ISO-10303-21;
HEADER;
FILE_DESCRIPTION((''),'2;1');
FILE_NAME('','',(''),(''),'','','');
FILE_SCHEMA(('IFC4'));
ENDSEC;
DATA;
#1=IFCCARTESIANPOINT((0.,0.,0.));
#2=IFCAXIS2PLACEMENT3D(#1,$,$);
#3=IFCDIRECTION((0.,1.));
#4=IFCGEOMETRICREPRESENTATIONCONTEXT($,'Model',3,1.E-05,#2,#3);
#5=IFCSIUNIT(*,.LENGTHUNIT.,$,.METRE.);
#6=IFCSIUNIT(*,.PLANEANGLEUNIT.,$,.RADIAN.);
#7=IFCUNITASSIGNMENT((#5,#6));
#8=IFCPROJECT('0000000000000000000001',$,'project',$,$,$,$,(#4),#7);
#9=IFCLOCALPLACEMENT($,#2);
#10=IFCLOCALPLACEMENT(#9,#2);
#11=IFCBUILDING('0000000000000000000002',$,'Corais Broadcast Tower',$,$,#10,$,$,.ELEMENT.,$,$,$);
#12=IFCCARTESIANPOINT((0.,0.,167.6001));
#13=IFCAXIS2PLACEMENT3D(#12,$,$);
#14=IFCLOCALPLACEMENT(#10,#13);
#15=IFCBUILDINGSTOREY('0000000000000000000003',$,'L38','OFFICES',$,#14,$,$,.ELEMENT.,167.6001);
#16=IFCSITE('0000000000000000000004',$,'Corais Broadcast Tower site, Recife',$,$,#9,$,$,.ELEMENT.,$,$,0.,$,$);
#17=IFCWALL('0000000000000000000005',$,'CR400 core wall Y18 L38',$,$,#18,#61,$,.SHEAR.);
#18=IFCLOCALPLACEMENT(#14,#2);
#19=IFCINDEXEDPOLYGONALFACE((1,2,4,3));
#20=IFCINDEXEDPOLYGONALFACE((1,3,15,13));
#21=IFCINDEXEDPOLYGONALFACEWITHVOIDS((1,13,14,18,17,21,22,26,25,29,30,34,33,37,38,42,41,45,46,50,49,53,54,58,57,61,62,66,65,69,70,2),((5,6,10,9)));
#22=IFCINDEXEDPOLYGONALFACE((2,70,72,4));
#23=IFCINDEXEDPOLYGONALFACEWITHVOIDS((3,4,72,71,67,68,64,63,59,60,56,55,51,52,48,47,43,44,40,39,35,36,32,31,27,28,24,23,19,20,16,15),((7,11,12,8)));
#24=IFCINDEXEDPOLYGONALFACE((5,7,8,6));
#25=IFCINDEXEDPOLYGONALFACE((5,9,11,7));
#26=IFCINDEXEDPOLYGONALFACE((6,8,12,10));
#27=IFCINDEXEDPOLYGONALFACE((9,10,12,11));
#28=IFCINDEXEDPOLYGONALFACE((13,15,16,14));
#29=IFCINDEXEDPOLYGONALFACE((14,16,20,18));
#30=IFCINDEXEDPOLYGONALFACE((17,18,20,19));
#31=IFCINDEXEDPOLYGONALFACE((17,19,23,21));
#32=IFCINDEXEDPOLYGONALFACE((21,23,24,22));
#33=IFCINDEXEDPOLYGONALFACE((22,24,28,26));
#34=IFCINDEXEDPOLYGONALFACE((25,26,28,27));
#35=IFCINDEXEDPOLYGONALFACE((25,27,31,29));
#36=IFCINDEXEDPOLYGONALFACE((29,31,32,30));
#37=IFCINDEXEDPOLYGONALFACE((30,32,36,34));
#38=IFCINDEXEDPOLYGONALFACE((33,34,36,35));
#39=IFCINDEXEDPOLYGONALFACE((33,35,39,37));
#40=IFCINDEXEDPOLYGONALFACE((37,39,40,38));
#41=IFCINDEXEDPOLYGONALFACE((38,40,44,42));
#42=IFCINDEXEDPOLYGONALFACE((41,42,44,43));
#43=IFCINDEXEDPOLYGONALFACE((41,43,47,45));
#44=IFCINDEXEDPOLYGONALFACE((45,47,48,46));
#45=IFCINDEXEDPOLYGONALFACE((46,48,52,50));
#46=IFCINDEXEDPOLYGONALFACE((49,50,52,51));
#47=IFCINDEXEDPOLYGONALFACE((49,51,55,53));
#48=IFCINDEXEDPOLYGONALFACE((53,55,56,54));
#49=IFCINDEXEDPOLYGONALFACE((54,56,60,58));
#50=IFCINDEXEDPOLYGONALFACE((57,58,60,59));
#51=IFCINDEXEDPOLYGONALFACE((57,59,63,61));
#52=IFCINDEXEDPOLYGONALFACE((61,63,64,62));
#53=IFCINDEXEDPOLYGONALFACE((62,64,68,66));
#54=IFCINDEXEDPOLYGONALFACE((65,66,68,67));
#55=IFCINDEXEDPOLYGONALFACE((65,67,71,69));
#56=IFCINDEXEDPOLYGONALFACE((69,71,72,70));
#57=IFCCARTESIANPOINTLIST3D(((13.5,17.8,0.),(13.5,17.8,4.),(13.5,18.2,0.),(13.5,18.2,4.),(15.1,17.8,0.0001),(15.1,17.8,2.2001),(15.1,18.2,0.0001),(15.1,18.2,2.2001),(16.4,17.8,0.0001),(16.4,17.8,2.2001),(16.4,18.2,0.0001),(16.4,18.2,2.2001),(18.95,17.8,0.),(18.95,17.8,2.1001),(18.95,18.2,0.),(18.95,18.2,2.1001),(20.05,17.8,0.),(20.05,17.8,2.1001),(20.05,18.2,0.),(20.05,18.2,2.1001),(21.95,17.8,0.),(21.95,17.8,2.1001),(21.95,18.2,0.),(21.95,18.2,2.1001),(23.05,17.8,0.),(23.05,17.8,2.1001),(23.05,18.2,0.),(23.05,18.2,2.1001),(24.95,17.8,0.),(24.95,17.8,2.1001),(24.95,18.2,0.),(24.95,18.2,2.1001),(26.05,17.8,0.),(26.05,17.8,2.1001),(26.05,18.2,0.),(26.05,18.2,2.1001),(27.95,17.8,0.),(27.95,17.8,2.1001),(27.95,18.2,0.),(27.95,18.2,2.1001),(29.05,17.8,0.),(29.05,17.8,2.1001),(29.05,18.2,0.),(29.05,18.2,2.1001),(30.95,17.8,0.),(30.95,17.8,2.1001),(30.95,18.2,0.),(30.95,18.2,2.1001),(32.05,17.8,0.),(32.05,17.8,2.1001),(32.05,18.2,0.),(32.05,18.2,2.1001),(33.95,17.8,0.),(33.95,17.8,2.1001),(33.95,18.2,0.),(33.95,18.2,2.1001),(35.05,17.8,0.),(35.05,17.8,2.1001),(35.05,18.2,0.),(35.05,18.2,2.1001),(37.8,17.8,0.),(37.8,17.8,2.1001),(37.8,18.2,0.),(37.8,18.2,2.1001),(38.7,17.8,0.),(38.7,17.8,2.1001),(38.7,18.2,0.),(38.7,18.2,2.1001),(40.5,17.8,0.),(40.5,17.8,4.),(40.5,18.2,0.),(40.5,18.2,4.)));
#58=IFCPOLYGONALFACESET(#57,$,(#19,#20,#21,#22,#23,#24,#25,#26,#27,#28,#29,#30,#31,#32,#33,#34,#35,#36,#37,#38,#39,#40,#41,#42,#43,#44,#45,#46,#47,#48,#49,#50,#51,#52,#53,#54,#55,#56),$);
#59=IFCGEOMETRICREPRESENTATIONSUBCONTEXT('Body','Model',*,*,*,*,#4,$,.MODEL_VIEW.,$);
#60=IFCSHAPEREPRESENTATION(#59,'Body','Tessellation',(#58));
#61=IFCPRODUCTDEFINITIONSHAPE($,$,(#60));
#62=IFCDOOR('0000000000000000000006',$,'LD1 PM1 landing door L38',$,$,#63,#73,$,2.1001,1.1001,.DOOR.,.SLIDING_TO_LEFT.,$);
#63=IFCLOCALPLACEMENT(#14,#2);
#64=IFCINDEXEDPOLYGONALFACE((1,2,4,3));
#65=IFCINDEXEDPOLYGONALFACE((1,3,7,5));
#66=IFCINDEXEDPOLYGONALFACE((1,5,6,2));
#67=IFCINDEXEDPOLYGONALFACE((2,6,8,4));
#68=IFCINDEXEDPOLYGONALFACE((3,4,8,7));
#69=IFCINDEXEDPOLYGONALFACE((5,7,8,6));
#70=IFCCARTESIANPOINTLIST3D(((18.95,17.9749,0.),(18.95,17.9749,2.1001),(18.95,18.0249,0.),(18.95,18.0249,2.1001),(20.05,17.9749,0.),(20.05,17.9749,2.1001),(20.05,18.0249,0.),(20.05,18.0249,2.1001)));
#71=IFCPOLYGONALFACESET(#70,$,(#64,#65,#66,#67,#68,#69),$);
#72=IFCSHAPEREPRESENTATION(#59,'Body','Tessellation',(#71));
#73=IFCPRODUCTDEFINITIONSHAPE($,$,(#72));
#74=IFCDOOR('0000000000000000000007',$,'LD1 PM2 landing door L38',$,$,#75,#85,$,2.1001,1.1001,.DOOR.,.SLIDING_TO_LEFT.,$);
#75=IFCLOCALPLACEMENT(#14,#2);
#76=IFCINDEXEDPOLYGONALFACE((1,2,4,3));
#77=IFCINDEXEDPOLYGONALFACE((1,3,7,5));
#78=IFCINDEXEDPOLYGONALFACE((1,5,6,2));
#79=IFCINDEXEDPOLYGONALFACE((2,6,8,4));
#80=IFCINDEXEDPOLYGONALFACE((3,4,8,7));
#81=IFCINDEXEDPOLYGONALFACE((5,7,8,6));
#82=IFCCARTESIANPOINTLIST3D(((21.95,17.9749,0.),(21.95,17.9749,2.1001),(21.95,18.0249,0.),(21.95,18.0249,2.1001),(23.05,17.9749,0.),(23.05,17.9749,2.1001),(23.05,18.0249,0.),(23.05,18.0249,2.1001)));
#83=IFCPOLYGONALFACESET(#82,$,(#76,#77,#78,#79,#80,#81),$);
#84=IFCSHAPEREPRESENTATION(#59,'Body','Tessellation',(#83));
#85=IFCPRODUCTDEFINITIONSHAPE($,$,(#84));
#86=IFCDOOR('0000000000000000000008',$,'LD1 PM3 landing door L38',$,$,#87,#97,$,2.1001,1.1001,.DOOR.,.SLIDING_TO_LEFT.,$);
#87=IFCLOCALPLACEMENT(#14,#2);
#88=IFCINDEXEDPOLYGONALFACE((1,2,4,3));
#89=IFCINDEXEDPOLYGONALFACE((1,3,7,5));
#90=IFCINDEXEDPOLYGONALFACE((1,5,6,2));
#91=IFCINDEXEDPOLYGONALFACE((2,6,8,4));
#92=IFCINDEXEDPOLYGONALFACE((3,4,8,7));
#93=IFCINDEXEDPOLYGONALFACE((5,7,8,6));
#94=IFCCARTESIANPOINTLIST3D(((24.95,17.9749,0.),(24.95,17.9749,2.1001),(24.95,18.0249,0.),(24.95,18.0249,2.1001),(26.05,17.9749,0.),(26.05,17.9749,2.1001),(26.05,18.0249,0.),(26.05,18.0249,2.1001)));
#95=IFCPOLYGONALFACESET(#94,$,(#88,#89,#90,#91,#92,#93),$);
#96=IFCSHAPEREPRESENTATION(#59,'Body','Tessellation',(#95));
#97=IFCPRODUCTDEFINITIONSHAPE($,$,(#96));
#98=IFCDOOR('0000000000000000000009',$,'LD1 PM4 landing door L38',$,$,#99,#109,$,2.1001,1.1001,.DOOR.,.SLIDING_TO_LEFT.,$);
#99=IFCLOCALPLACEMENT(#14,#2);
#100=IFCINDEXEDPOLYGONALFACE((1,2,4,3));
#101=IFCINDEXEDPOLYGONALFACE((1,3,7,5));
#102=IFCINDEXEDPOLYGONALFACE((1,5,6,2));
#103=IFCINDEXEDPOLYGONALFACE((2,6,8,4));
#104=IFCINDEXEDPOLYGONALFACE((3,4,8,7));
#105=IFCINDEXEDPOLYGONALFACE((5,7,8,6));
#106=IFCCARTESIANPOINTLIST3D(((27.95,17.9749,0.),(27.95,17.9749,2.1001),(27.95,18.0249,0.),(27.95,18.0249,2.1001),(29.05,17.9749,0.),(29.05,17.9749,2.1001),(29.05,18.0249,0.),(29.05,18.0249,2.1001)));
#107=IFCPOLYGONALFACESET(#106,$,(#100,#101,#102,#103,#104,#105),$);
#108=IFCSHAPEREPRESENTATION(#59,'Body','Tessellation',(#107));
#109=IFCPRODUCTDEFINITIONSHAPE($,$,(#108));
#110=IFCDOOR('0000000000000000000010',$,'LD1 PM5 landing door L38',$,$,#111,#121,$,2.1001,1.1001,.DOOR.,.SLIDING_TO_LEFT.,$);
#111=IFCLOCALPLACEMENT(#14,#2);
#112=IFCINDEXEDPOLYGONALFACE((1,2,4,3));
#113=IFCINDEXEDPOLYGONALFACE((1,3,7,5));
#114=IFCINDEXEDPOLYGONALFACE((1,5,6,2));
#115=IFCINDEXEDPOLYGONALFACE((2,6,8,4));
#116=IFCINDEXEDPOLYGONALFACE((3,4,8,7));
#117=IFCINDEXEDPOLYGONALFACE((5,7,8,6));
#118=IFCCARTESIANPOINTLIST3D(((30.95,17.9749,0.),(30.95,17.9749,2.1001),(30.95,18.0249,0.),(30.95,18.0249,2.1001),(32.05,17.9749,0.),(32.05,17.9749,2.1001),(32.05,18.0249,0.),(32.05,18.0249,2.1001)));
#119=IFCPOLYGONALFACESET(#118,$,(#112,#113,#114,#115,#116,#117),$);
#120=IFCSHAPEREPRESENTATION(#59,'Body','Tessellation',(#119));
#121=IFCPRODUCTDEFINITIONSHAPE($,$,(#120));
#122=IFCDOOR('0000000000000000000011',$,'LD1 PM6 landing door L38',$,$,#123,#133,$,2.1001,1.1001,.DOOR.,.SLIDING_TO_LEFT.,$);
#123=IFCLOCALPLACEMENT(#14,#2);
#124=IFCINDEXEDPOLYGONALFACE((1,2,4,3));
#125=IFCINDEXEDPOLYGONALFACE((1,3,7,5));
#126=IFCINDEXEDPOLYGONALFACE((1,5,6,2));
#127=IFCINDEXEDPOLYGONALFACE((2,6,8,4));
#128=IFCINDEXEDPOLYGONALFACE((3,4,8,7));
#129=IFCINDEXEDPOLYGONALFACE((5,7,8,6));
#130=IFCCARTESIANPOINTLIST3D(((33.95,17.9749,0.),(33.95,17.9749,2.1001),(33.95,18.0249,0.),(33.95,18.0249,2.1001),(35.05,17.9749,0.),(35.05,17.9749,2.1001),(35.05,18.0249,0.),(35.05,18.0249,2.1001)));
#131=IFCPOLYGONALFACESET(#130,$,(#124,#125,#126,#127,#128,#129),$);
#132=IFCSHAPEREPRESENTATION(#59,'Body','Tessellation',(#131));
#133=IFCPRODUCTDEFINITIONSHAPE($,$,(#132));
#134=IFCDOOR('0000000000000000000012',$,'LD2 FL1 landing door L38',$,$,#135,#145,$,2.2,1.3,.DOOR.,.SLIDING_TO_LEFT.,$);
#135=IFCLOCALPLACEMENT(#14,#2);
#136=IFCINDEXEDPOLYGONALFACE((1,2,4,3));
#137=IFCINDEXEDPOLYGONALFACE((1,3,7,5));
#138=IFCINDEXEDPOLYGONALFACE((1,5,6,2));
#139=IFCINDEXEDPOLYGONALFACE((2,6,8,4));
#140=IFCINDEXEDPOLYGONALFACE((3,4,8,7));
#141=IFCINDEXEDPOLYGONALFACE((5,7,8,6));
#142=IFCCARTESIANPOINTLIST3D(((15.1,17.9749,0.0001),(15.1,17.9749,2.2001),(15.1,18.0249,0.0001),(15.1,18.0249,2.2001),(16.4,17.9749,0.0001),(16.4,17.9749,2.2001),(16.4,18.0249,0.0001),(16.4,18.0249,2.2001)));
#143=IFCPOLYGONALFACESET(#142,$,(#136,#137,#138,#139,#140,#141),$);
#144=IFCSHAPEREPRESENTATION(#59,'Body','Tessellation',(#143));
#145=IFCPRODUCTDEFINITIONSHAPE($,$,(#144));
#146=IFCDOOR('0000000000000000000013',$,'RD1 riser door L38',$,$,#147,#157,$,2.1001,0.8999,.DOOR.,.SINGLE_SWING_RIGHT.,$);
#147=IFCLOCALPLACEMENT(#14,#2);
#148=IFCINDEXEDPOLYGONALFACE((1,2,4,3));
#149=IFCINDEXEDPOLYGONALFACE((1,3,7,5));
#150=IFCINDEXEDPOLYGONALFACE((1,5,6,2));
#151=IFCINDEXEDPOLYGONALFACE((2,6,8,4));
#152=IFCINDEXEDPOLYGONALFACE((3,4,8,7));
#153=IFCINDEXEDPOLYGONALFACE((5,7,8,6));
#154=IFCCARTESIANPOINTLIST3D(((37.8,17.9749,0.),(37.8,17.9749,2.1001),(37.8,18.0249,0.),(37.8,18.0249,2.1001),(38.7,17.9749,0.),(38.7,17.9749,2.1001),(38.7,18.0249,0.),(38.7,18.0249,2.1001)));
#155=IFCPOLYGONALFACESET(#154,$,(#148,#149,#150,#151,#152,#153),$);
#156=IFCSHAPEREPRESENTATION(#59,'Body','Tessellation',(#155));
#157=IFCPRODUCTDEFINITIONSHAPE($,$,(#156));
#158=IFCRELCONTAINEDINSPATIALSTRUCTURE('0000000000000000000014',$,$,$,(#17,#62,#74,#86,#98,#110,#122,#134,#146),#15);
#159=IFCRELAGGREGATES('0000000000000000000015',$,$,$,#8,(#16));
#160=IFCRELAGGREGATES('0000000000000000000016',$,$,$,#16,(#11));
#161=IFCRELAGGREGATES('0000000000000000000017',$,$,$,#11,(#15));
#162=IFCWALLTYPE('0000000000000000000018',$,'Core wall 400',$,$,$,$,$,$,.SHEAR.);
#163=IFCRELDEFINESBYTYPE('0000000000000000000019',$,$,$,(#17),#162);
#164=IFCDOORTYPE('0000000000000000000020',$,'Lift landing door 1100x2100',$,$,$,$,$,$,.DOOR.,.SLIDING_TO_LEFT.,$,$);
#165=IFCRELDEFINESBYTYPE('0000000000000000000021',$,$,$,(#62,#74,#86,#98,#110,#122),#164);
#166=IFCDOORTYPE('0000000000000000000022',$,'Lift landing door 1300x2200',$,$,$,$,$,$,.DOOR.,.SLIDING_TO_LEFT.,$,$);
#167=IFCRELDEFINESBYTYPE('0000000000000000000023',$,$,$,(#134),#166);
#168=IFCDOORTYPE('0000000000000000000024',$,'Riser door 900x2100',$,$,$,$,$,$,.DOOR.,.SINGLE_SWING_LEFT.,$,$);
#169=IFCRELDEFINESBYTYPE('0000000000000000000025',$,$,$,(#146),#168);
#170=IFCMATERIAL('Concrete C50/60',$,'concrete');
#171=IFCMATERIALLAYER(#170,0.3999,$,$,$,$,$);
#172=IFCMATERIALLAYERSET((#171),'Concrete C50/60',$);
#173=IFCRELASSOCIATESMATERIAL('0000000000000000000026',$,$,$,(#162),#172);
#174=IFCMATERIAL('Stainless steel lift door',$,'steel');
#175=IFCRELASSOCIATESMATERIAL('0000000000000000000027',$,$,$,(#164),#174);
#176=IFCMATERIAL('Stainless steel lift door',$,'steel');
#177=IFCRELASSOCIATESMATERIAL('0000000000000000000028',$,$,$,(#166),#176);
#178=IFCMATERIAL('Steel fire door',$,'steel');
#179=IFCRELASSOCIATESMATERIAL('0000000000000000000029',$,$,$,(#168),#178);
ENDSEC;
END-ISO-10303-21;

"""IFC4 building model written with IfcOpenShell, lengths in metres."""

from ifc_helpers import new_model, si_unit, direction, frame, frame_2d, origin, place, context, subcontext, project, spatial, rectangle, extrude, material, layer, layer_set, type_object, element, fill, save


model = new_model("IFC4")

# Units and contexts
model_context = context("Model", 3, precision=1e-05, world=origin(), true_north=direction((0.0, 1.0)))
body_context = subcontext(model_context, "Body", "Model", "MODEL_VIEW")
ifc_project = project(units=[si_unit("LENGTHUNIT", "METRE"), si_unit("PLANEANGLEUNIT", "RADIAN")], contexts=[model_context])

# Site, building, storey
site_placement = place(None, origin())
site = spatial("IfcSite", under=ifc_project, at=site_placement, Name="Corais Broadcast Tower site, Recife", CompositionType="ELEMENT", RefElevation=0.0)
building_placement = place(site_placement, origin())
building = spatial("IfcBuilding", under=site, at=building_placement, Name="Corais Broadcast Tower", CompositionType="ELEMENT")
storey_placement = place(building_placement, frame((0.0, 0.0, 167.6001)))
storey = spatial("IfcBuildingStorey", under=building, at=storey_placement, Name="L38", Description="OFFICES", CompositionType="ELEMENT", Elevation=167.6001)

# Shared definitions
ifc_material_1 = material(Name="Concrete C50/60", Category="concrete")
ifc_layer_1 = layer(ifc_material_1, 0.3999)
ifc_layer_set_1 = layer_set([ifc_layer_1], Name="Concrete C50/60")
wall_type_1 = type_object("IfcWallType", Name="Core wall 400", PredefinedType="SHEAR", material=ifc_layer_set_1)

# Wall, openings, doors
wall_1_placement = place(storey_placement, frame((13.5, 18.0, 0.0), z_axis=(0.0, 0.0, 1.0), x_axis=(1.0, 0.0, 0.0)))
wall_1 = element("IfcWall", 1, at=wall_1_placement, inside=storey, type_object=wall_type_1, Name="CR400 core wall Y18 L38", PredefinedType="SHEAR", context=body_context, shape_type="SweptSolid", body=[
    extrude(rectangle(XDim=27.0, YDim=0.3999, at=frame_2d((13.5, 0.0))), origin(), (0.0, 0.0, 1.0), 4.0),
])
opening_1_placement = place(wall_1_placement, frame((24.3, 0.0, 0.0)))
opening_1 = element("IfcOpeningElement", 2, at=opening_1_placement, cuts=wall_1, PredefinedType="OPENING", context=body_context, shape_type="SweptSolid", body=[
    extrude(rectangle(XDim=0.8999, YDim=2.1001, at=frame_2d((0.45, 1.05))), frame((0.0, 0.21, 0.0), z_axis=(0.0, -1.0, 0.0), x_axis=(1.0, 0.0, 0.0)), (0.0, 0.0, 1.0), 0.4199),
])
opening_2_placement = place(wall_1_placement, frame((5.45, 0.0, 0.0)))
opening_2 = element("IfcOpeningElement", 3, at=opening_2_placement, cuts=wall_1, PredefinedType="OPENING", context=body_context, shape_type="SweptSolid", body=[
    extrude(rectangle(XDim=1.1001, YDim=2.1001, at=frame_2d((0.55, 1.05))), frame((0.0, 0.21, 0.0), z_axis=(0.0, -1.0, 0.0), x_axis=(1.0, 0.0, 0.0)), (0.0, 0.0, 1.0), 0.4199),
])
opening_3_placement = place(wall_1_placement, frame((8.45, 0.0, 0.0)))
opening_3 = element("IfcOpeningElement", 4, at=opening_3_placement, cuts=wall_1, PredefinedType="OPENING", context=body_context, shape_type="SweptSolid", body=[
    extrude(rectangle(XDim=1.1001, YDim=2.1001, at=frame_2d((0.55, 1.05))), frame((0.0, 0.21, 0.0), z_axis=(0.0, -1.0, 0.0), x_axis=(1.0, 0.0, 0.0)), (0.0, 0.0, 1.0), 0.4199),
])
opening_4_placement = place(wall_1_placement, frame((11.45, 0.0, 0.0)))
opening_4 = element("IfcOpeningElement", 5, at=opening_4_placement, cuts=wall_1, PredefinedType="OPENING", context=body_context, shape_type="SweptSolid", body=[
    extrude(rectangle(XDim=1.1001, YDim=2.1001, at=frame_2d((0.55, 1.05))), frame((0.0, 0.21, 0.0), z_axis=(0.0, -1.0, 0.0), x_axis=(1.0, 0.0, 0.0)), (0.0, 0.0, 1.0), 0.4199),
])
opening_5_placement = place(wall_1_placement, frame((14.45, 0.0, 0.0)))
opening_5 = element("IfcOpeningElement", 6, at=opening_5_placement, cuts=wall_1, PredefinedType="OPENING", context=body_context, shape_type="SweptSolid", body=[
    extrude(rectangle(XDim=1.1001, YDim=2.1001, at=frame_2d((0.55, 1.05))), frame((0.0, 0.21, 0.0), z_axis=(0.0, -1.0, 0.0), x_axis=(1.0, 0.0, 0.0)), (0.0, 0.0, 1.0), 0.4199),
])
opening_6_placement = place(wall_1_placement, frame((17.45, 0.0, 0.0)))
opening_6 = element("IfcOpeningElement", 7, at=opening_6_placement, cuts=wall_1, PredefinedType="OPENING", context=body_context, shape_type="SweptSolid", body=[
    extrude(rectangle(XDim=1.1001, YDim=2.1001, at=frame_2d((0.55, 1.05))), frame((0.0, 0.21, 0.0), z_axis=(0.0, -1.0, 0.0), x_axis=(1.0, 0.0, 0.0)), (0.0, 0.0, 1.0), 0.4199),
])
opening_7_placement = place(wall_1_placement, frame((20.45, 0.0, 0.0)))
opening_7 = element("IfcOpeningElement", 8, at=opening_7_placement, cuts=wall_1, PredefinedType="OPENING", context=body_context, shape_type="SweptSolid", body=[
    extrude(rectangle(XDim=1.1001, YDim=2.1001, at=frame_2d((0.55, 1.05))), frame((0.0, 0.21, 0.0), z_axis=(0.0, -1.0, 0.0), x_axis=(1.0, 0.0, 0.0)), (0.0, 0.0, 1.0), 0.4199),
])
opening_8_placement = place(wall_1_placement, frame((1.6001, 0.0, 0.0)))
opening_8 = element("IfcOpeningElement", 9, at=opening_8_placement, cuts=wall_1, PredefinedType="OPENING", context=body_context, shape_type="SweptSolid", body=[
    extrude(rectangle(XDim=1.3, YDim=2.2, at=frame_2d((0.6499, 1.1001))), frame((0.0, 0.21, 0.0), z_axis=(0.0, -1.0, 0.0), x_axis=(1.0, 0.0, 0.0)), (0.0, 0.0, 1.0), 0.4199),
])
ifc_material_2 = material(Name="Stainless steel lift door", Category="steel")
door_type_1 = type_object("IfcDoorType", Name="Lift landing door 1100x2100", OperationType="SLIDING_TO_LEFT", PredefinedType="DOOR", material=ifc_material_2)
door_1_placement = place(opening_2_placement, origin())
door_1 = element("IfcDoor", 10, at=door_1_placement, inside=storey, type_object=door_type_1, Name="LD1 PM1 landing door L38", OperationType="SLIDING_TO_LEFT", OverallHeight=2.1001, OverallWidth=1.1001, PredefinedType="DOOR", context=body_context, shape_type="SweptSolid", body=[
    extrude(rectangle(XDim=1.1001, YDim=2.1001, at=frame_2d((0.55, 1.05))), frame((0.0, 0.0249, 0.0), z_axis=(0.0, -1.0, 0.0), x_axis=(1.0, 0.0, 0.0)), (0.0, 0.0, 1.0), 0.05),
])
fill(opening_2, door_1)
door_2_placement = place(opening_3_placement, origin())
door_2 = element("IfcDoor", 11, at=door_2_placement, inside=storey, type_object=door_type_1, Name="LD1 PM2 landing door L38", OperationType="SLIDING_TO_LEFT", OverallHeight=2.1001, OverallWidth=1.1001, PredefinedType="DOOR", context=body_context, shape_type="SweptSolid", body=[
    extrude(rectangle(XDim=1.1001, YDim=2.1001, at=frame_2d((0.55, 1.05))), frame((0.0, 0.0249, 0.0), z_axis=(0.0, -1.0, 0.0), x_axis=(1.0, 0.0, 0.0)), (0.0, 0.0, 1.0), 0.05),
])
fill(opening_3, door_2)
door_3_placement = place(opening_4_placement, origin())
door_3 = element("IfcDoor", 12, at=door_3_placement, inside=storey, type_object=door_type_1, Name="LD1 PM3 landing door L38", OperationType="SLIDING_TO_LEFT", OverallHeight=2.1001, OverallWidth=1.1001, PredefinedType="DOOR", context=body_context, shape_type="SweptSolid", body=[
    extrude(rectangle(XDim=1.1001, YDim=2.1001, at=frame_2d((0.55, 1.05))), frame((0.0, 0.0249, 0.0), z_axis=(0.0, -1.0, 0.0), x_axis=(1.0, 0.0, 0.0)), (0.0, 0.0, 1.0), 0.05),
])
fill(opening_4, door_3)
door_4_placement = place(opening_5_placement, origin())
door_4 = element("IfcDoor", 13, at=door_4_placement, inside=storey, type_object=door_type_1, Name="LD1 PM4 landing door L38", OperationType="SLIDING_TO_LEFT", OverallHeight=2.1001, OverallWidth=1.1001, PredefinedType="DOOR", context=body_context, shape_type="SweptSolid", body=[
    extrude(rectangle(XDim=1.1001, YDim=2.1001, at=frame_2d((0.55, 1.05))), frame((0.0, 0.0249, 0.0), z_axis=(0.0, -1.0, 0.0), x_axis=(1.0, 0.0, 0.0)), (0.0, 0.0, 1.0), 0.05),
])
fill(opening_5, door_4)
door_5_placement = place(opening_6_placement, origin())
door_5 = element("IfcDoor", 14, at=door_5_placement, inside=storey, type_object=door_type_1, Name="LD1 PM5 landing door L38", OperationType="SLIDING_TO_LEFT", OverallHeight=2.1001, OverallWidth=1.1001, PredefinedType="DOOR", context=body_context, shape_type="SweptSolid", body=[
    extrude(rectangle(XDim=1.1001, YDim=2.1001, at=frame_2d((0.55, 1.05))), frame((0.0, 0.0249, 0.0), z_axis=(0.0, -1.0, 0.0), x_axis=(1.0, 0.0, 0.0)), (0.0, 0.0, 1.0), 0.05),
])
fill(opening_6, door_5)
door_6_placement = place(opening_7_placement, origin())
door_6 = element("IfcDoor", 15, at=door_6_placement, inside=storey, type_object=door_type_1, Name="LD1 PM6 landing door L38", OperationType="SLIDING_TO_LEFT", OverallHeight=2.1001, OverallWidth=1.1001, PredefinedType="DOOR", context=body_context, shape_type="SweptSolid", body=[
    extrude(rectangle(XDim=1.1001, YDim=2.1001, at=frame_2d((0.55, 1.05))), frame((0.0, 0.0249, 0.0), z_axis=(0.0, -1.0, 0.0), x_axis=(1.0, 0.0, 0.0)), (0.0, 0.0, 1.0), 0.05),
])
fill(opening_7, door_6)
ifc_material_3 = material(Name="Stainless steel lift door", Category="steel")
door_type_2 = type_object("IfcDoorType", Name="Lift landing door 1300x2200", OperationType="SLIDING_TO_LEFT", PredefinedType="DOOR", material=ifc_material_3)
door_7_placement = place(opening_8_placement, origin())
door_7 = element("IfcDoor", 16, at=door_7_placement, inside=storey, type_object=door_type_2, Name="LD2 FL1 landing door L38", OperationType="SLIDING_TO_LEFT", OverallHeight=2.2, OverallWidth=1.3, PredefinedType="DOOR", context=body_context, shape_type="SweptSolid", body=[
    extrude(rectangle(XDim=1.3, YDim=2.2, at=frame_2d((0.6499, 1.1001))), frame((0.0, 0.0249, 0.0), z_axis=(0.0, -1.0, 0.0), x_axis=(1.0, 0.0, 0.0)), (0.0, 0.0, 1.0), 0.05),
])
fill(opening_8, door_7)
ifc_material_4 = material(Name="Steel fire door", Category="steel")
door_type_3 = type_object("IfcDoorType", Name="Riser door 900x2100", OperationType="SINGLE_SWING_LEFT", PredefinedType="DOOR", material=ifc_material_4)
door_8_placement = place(opening_1_placement, origin())
door_8 = element("IfcDoor", 17, at=door_8_placement, inside=storey, type_object=door_type_3, Name="RD1 riser door L38", OperationType="SINGLE_SWING_RIGHT", OverallHeight=2.1001, OverallWidth=0.8999, PredefinedType="DOOR", context=body_context, shape_type="SweptSolid", body=[
    extrude(rectangle(XDim=0.8999, YDim=2.1001, at=frame_2d((0.45, 1.05))), frame((0.0, 0.0249, 0.0), z_axis=(0.0, -1.0, 0.0), x_axis=(1.0, 0.0, 0.0)), (0.0, 0.0, 1.0), 0.05),
])
fill(opening_1, door_8)

save(model, "model.ifc")
